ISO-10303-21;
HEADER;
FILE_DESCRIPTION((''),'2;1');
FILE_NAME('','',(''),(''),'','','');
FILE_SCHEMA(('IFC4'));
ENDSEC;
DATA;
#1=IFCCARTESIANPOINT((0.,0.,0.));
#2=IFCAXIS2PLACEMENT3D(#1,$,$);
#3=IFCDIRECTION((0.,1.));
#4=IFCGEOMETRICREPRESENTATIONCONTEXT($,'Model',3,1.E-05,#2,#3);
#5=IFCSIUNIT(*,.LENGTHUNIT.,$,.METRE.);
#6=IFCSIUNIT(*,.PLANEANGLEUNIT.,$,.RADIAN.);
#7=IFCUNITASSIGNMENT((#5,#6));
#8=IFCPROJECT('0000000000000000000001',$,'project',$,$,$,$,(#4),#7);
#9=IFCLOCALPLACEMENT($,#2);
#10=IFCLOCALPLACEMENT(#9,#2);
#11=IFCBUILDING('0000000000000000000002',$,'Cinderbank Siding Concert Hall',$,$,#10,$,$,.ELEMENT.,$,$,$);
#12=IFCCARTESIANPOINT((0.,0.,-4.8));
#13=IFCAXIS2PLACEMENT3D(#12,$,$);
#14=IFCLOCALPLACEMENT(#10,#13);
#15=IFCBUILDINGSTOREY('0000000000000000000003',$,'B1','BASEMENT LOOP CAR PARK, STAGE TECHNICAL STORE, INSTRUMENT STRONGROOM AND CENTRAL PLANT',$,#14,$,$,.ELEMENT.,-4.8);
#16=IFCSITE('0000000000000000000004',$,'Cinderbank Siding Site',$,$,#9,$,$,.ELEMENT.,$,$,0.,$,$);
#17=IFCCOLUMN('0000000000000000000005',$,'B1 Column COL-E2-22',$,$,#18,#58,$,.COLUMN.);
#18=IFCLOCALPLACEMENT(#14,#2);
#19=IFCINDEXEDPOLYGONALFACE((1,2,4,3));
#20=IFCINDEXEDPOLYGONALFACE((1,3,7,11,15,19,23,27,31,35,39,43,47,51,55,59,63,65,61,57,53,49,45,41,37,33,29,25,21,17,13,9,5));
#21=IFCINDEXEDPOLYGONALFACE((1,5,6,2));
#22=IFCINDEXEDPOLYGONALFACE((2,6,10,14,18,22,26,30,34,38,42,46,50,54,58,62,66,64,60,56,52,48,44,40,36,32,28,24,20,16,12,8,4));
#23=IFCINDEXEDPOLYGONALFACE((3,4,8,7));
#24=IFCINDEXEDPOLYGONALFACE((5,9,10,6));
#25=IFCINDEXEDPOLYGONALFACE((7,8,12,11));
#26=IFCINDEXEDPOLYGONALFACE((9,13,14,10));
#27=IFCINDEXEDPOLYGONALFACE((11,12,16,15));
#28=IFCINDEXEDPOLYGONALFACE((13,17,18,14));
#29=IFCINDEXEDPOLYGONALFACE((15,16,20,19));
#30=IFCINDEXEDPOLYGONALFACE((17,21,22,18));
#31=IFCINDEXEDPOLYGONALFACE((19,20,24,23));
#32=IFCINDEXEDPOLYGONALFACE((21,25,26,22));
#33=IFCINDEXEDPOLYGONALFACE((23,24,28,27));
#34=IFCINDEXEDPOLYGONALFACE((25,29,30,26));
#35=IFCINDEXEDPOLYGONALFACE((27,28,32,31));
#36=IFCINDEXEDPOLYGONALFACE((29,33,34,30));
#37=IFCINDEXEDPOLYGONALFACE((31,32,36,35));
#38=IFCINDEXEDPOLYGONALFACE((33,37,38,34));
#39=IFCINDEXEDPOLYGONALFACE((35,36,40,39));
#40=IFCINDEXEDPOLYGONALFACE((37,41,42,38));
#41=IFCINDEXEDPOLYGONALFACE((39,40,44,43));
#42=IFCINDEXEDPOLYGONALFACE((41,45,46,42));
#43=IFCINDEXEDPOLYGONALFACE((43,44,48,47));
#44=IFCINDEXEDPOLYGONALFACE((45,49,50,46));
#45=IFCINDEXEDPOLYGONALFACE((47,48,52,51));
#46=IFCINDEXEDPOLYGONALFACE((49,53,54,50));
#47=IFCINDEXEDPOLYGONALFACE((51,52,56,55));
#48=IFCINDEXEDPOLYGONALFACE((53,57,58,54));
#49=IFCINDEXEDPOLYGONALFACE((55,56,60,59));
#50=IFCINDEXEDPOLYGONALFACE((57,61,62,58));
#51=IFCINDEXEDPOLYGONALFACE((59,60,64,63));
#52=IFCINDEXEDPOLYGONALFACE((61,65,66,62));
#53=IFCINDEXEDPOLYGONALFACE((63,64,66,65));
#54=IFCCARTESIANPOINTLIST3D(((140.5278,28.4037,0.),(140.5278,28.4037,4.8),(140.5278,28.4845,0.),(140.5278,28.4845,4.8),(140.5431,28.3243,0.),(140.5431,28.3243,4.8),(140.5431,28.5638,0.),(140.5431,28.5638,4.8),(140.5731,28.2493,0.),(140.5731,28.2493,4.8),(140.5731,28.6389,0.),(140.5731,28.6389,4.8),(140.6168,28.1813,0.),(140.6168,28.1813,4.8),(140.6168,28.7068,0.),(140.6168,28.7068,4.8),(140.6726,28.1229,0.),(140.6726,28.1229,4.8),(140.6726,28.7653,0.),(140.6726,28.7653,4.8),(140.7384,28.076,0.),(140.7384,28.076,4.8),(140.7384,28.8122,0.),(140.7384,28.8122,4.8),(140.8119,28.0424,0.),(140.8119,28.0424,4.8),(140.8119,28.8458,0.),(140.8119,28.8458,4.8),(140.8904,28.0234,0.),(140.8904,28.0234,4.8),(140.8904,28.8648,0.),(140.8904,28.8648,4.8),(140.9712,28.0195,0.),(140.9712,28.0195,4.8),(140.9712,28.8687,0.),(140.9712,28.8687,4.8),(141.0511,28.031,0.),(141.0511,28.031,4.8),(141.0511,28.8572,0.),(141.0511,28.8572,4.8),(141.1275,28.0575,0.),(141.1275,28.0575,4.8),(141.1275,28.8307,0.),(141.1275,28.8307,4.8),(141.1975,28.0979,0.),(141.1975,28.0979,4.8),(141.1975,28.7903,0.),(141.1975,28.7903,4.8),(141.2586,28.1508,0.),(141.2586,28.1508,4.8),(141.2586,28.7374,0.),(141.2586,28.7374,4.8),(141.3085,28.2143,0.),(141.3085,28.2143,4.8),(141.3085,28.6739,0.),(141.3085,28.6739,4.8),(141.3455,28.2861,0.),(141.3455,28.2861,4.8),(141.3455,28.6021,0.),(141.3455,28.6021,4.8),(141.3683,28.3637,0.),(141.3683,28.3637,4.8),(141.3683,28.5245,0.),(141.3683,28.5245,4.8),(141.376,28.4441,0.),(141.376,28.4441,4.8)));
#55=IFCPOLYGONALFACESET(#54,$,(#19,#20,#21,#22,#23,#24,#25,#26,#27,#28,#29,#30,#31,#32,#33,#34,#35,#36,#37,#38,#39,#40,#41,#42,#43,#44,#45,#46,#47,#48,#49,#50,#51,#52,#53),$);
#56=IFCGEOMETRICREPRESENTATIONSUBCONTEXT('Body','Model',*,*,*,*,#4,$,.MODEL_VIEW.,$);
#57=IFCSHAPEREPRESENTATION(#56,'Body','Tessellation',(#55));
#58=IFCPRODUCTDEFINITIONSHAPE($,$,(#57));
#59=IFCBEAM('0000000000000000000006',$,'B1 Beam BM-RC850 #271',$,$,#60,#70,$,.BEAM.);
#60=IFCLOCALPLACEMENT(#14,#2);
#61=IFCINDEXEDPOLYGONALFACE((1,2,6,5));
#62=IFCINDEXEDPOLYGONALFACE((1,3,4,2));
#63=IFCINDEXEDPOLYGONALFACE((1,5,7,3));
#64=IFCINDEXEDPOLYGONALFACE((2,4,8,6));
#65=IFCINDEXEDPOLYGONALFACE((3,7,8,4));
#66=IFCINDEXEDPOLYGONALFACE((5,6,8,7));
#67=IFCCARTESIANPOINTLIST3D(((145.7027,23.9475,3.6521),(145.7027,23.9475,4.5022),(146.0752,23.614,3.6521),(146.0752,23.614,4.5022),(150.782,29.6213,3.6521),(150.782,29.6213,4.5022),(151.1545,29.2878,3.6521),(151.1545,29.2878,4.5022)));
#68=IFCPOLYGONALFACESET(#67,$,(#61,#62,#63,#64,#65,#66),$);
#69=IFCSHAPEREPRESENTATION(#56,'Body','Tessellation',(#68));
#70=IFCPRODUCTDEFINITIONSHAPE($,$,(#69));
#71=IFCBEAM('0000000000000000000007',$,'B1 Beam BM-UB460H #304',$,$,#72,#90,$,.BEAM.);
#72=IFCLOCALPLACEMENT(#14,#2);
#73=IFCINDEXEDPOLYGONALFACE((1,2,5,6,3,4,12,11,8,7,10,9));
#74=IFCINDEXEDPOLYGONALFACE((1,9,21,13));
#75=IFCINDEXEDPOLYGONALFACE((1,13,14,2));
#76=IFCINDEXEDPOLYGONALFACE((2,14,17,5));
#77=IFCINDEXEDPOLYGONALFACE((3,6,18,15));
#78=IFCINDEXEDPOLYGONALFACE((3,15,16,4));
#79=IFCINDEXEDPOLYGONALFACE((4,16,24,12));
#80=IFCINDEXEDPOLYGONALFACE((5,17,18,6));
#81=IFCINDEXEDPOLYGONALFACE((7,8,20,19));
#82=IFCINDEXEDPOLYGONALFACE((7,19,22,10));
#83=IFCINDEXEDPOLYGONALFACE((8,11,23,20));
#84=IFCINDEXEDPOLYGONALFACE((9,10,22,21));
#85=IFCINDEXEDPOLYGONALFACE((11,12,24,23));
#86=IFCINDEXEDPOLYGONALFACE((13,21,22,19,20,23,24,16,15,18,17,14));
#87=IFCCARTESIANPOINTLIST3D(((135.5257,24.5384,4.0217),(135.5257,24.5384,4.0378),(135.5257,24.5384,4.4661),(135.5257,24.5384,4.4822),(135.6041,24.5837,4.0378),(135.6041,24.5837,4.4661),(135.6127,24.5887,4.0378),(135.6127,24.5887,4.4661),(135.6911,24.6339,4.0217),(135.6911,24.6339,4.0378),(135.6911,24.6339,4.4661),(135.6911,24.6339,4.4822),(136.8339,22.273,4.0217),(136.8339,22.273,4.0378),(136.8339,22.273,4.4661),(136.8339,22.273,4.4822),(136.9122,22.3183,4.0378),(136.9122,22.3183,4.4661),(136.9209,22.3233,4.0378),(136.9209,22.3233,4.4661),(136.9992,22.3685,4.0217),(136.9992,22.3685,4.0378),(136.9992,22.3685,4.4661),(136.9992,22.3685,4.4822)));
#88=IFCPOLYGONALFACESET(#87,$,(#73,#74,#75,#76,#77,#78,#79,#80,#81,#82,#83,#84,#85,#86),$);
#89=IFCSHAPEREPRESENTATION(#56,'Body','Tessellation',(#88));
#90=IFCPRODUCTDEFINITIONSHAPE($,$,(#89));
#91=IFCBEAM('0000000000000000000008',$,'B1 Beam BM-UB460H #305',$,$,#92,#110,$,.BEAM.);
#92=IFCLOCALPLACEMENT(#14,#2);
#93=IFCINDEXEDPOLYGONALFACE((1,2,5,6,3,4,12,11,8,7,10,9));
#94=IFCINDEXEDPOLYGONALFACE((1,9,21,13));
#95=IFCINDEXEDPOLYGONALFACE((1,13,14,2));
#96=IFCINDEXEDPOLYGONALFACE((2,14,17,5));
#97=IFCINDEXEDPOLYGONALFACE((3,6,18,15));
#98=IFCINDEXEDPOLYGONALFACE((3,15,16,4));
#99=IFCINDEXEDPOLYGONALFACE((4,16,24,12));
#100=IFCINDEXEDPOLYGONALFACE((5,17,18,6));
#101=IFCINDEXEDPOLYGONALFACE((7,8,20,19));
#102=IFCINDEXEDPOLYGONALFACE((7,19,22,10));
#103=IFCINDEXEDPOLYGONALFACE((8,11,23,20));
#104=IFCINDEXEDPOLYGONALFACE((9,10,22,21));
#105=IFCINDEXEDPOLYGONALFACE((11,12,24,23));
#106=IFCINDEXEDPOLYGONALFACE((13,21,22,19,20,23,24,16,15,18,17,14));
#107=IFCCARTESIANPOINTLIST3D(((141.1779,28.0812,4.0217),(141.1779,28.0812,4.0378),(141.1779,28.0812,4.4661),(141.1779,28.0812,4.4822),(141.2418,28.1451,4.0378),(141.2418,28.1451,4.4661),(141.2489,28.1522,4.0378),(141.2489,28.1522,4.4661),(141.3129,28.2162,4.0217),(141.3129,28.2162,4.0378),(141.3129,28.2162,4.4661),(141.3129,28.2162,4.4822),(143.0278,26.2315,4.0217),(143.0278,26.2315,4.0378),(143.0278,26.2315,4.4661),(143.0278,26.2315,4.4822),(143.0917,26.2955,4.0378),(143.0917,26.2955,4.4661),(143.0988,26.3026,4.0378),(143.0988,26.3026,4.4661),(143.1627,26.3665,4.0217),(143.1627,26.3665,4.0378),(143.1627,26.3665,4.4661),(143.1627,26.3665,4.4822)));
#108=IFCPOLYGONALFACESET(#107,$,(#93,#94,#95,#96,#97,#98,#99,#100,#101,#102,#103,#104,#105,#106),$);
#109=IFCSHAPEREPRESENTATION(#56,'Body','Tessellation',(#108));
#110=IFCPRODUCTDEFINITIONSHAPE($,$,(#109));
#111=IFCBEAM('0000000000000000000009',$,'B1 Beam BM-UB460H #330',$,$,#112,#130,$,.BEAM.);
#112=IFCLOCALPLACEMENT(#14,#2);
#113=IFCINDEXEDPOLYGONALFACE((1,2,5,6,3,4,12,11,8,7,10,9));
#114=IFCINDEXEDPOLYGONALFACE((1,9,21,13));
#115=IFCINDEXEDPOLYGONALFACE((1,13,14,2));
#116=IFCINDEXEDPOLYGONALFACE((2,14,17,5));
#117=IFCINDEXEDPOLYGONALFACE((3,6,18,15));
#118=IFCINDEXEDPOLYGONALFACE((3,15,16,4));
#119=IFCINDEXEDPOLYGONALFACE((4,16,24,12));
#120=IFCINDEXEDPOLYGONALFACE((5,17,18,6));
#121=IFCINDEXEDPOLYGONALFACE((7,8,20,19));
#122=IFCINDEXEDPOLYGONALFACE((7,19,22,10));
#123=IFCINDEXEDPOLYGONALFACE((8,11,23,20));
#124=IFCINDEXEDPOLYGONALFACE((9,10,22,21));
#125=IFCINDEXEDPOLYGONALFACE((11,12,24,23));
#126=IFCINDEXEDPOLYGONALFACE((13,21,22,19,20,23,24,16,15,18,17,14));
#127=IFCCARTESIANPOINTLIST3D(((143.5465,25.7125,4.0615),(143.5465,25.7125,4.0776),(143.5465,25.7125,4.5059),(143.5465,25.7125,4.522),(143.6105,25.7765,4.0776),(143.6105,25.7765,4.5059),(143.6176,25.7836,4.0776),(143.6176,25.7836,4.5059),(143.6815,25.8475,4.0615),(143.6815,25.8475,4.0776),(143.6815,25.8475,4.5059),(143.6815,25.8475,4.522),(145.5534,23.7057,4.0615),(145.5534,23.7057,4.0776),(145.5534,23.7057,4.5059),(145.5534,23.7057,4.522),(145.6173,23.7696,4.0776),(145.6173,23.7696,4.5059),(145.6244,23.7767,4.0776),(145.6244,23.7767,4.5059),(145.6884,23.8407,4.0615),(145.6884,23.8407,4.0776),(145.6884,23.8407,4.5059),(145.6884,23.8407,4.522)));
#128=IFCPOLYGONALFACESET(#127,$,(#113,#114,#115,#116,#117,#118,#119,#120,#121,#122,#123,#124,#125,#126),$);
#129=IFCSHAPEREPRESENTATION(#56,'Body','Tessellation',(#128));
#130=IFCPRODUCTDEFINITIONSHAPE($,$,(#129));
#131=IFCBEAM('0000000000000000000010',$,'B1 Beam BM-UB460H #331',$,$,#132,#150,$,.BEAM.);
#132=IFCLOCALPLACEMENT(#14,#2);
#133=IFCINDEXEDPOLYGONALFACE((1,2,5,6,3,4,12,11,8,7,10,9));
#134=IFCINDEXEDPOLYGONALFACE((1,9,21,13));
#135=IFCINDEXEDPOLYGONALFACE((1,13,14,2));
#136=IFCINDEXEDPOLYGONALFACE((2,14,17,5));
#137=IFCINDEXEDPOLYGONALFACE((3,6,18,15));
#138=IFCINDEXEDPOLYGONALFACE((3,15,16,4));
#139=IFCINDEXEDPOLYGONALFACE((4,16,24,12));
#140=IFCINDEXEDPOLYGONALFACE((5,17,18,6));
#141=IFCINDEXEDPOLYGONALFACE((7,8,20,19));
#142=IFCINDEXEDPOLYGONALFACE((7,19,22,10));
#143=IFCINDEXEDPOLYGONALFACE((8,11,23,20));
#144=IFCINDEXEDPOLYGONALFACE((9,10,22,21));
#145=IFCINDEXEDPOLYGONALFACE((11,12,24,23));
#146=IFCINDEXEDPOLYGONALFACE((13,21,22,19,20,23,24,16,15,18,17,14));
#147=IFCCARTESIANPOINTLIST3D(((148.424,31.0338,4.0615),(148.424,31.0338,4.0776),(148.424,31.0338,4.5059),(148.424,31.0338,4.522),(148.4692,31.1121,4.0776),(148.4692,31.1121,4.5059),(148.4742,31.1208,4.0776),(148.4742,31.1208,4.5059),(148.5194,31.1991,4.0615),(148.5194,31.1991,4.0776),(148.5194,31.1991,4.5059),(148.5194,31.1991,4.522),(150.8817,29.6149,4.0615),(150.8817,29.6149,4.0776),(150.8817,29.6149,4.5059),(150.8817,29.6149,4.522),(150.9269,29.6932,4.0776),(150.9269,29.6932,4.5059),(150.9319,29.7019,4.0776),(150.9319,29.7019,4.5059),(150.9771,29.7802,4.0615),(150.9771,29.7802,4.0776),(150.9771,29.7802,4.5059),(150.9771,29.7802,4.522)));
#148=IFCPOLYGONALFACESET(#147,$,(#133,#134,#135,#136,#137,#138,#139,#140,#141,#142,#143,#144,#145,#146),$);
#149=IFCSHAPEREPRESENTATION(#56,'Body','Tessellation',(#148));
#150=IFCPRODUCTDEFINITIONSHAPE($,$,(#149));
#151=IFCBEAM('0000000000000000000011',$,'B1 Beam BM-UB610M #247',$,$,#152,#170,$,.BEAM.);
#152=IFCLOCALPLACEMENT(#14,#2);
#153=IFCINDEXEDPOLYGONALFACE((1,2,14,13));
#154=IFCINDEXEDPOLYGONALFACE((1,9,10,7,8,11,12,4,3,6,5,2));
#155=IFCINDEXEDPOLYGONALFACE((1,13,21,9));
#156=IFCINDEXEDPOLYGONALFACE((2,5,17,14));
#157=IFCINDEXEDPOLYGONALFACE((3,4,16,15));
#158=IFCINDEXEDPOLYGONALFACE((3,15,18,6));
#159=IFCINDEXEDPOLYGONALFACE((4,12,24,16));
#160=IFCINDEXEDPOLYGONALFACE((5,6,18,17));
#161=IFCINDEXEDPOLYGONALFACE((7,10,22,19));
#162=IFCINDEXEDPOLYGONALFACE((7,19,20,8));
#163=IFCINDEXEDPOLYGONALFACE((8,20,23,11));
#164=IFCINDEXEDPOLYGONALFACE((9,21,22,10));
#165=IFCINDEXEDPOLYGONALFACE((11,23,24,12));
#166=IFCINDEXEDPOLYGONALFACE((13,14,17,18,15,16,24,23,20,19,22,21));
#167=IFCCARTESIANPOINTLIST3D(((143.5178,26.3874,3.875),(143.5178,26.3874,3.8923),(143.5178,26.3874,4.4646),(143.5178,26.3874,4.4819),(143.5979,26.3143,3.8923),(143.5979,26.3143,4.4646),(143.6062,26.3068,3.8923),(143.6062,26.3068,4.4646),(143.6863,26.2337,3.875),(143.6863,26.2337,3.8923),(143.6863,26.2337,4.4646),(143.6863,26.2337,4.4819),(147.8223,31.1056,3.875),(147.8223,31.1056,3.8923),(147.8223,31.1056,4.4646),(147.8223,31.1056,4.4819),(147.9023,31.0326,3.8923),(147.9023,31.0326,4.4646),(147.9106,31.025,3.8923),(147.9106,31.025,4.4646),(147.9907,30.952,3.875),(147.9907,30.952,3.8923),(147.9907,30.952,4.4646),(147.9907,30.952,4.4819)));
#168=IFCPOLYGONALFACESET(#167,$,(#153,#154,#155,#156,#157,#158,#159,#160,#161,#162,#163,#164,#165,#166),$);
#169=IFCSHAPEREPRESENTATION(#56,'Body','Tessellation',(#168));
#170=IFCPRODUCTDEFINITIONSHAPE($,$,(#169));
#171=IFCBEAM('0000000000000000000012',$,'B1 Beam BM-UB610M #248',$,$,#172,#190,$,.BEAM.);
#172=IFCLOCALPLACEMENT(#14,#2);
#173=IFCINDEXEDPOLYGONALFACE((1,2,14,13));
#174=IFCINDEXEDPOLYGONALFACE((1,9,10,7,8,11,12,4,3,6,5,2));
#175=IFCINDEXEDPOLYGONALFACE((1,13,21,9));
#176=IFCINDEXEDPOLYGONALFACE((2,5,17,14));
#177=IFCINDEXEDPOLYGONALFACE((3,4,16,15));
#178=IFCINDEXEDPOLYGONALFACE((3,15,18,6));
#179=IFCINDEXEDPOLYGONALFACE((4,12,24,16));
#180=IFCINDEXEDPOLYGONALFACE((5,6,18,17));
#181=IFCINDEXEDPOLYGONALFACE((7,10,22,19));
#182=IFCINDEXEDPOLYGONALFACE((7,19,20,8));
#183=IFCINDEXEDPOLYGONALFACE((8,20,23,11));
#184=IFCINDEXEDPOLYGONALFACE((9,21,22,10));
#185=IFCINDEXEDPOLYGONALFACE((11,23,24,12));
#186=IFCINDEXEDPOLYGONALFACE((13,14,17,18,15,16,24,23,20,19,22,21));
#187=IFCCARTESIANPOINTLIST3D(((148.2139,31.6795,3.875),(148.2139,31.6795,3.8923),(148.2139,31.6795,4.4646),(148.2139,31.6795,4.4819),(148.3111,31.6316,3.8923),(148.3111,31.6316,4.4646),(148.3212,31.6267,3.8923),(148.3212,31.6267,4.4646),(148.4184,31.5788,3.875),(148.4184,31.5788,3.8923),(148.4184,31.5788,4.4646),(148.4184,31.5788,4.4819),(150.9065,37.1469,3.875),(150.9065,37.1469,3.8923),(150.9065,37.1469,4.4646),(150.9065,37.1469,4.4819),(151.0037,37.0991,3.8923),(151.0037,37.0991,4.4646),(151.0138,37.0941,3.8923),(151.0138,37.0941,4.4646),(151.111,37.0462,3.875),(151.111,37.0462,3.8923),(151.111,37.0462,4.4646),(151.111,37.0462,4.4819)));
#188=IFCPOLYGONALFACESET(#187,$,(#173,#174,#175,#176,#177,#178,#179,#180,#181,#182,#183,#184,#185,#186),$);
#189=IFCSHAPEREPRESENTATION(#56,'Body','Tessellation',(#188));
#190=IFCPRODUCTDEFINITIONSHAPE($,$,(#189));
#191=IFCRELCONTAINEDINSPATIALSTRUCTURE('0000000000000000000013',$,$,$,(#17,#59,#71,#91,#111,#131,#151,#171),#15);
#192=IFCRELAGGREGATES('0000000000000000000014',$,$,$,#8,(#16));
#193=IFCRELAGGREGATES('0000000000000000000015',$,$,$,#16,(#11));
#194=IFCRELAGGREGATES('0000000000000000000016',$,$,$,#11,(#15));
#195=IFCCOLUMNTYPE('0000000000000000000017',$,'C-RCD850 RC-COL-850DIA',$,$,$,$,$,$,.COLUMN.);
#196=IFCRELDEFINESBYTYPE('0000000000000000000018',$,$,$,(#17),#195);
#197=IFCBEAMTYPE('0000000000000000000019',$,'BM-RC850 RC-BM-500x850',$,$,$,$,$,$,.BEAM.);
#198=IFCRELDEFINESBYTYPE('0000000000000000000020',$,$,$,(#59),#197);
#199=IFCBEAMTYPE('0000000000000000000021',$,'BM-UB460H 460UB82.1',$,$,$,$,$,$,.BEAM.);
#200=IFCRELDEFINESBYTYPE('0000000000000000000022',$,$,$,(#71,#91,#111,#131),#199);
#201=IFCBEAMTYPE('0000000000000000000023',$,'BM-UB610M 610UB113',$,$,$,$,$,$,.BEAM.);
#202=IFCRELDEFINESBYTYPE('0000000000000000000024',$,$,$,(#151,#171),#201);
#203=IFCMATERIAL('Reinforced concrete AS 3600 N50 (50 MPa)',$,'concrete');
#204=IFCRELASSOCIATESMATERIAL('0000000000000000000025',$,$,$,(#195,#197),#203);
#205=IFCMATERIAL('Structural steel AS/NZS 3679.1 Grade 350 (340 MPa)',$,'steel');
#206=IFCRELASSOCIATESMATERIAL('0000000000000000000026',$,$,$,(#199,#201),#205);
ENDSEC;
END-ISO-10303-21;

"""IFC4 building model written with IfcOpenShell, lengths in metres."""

from ifc_helpers import new_model, si_unit, direction, frame, origin, origin_2d, place, context, subcontext, project, spatial, rectangle, circle, i_section, extrude, material, material_profile, profile_set, type_object, element, save


model = new_model("IFC4")

# Units and contexts
model_context = context("Model", 3, precision=1e-05, world=origin(), true_north=direction((0.0, 1.0)))
body_context = subcontext(model_context, "Body", "Model", "MODEL_VIEW")
ifc_project = project(units=[si_unit("LENGTHUNIT", "METRE"), si_unit("PLANEANGLEUNIT", "RADIAN")], contexts=[model_context])

# Site, building, storey
site_placement = place(None, origin())
site = spatial("IfcSite", under=ifc_project, at=site_placement, Name="Cinderbank Siding Site", CompositionType="ELEMENT", RefElevation=0.0)
building_placement = place(site_placement, origin())
building = spatial("IfcBuilding", under=site, at=building_placement, Name="Cinderbank Siding Concert Hall", CompositionType="ELEMENT")
storey_placement = place(building_placement, frame((0.0, 0.0, -4.8)))
storey = spatial("IfcBuildingStorey", under=building, at=storey_placement, Name="B1", Description="BASEMENT LOOP CAR PARK, STAGE TECHNICAL STORE, INSTRUMENT STRONGROOM AND CENTRAL PLANT", CompositionType="ELEMENT", Elevation=-4.8)

# Column
ifc_material_1 = material(Name="Reinforced concrete AS 3600 N50 (50 MPa)", Category="concrete")
ifc_material_profile_1 = material_profile(ifc_material_1, circle(Radius=0.425, at=origin_2d()), Name="RC-COL-850DIA", Category="LoadBearing")
ifc_profile_set_1 = profile_set([ifc_material_profile_1], Name="Reinforced concrete AS 3600 N50 (50 MPa)")
column_type_1 = type_object("IfcColumnType", Name="C-RCD850 RC-COL-850DIA", PredefinedType="COLUMN", material=ifc_profile_set_1)
for number, where, z_axis, x_axis, name in (
    (1, (140.9509, 28.4441, 0.0), (0.0, 0.0, 1.0), (1.0, 0.0, 0.0), "B1 Column COL-E2-22"),
):
    element("IfcColumn", number, at=place(storey_placement, frame(where, z_axis=z_axis, x_axis=x_axis)), inside=storey, type_object=column_type_1, Name=name, PredefinedType="COLUMN", context=body_context, shape_type="SweptSolid", body=[
        extrude(circle(Radius=0.425, at=origin_2d()), origin(), (0.0, 0.0, 1.0), 4.8),
    ])

# Beams
ifc_material_profile_2 = material_profile(ifc_material_1, rectangle(XDim=0.5, YDim=0.8501, at=origin_2d()), Name="RC-BM-500x850", Category="LoadBearing")
ifc_profile_set_2 = profile_set([ifc_material_profile_2], Name="Reinforced concrete AS 3600 N50 (50 MPa)")
beam_type_1 = type_object("IfcBeamType", Name="BM-RC850 RC-BM-500x850", PredefinedType="BEAM", material=ifc_profile_set_2)
beam_1_placement = place(storey_placement, frame((145.8889, 23.7808, 4.0771), z_axis=(0.666996, 0.745061, 0.0), x_axis=(-0.745061, 0.666996, 0.0)))
element("IfcBeam", 2, at=beam_1_placement, inside=storey, type_object=beam_type_1, Name="B1 Beam BM-RC850 #271", PredefinedType="BEAM", context=body_context, shape_type="SweptSolid", body=[
    extrude(rectangle(XDim=0.5, YDim=0.8501, at=origin_2d()), origin(), (0.0, 0.0, 1.0), 7.6152),
])
ifc_material_2 = material(Name="Structural steel AS/NZS 3679.1 Grade 350 (340 MPa)", Category="steel")
ifc_material_profile_3 = material_profile(ifc_material_2, i_section(OverallWidth=0.1909, OverallDepth=0.4604, WebThickness=0.01, FlangeThickness=0.0161, at=origin_2d()), Name="460UB82.1", Category="LoadBearing")
ifc_profile_set_3 = profile_set([ifc_material_profile_3], Name="Structural steel AS/NZS 3679.1 Grade 350 (340 MPa)")
beam_type_2 = type_object("IfcBeamType", Name="BM-UB460H 460UB82.1", PredefinedType="BEAM", material=ifc_profile_set_3)
for number, where, z_axis, x_axis, name in (
    (3, (135.6084, 24.5862, 4.252), (0.500054, -0.865994, 0.0), (0.865994, 0.500054, 0.0), "B1 Beam BM-UB460H #304"),
    (4, (141.2454, 28.1487, 4.252), (0.707153, -0.70706, 0.0), (0.70706, 0.707153, 0.0), "B1 Beam BM-UB460H #305"),
):
    element("IfcBeam", number, at=place(storey_placement, frame(where, z_axis=z_axis, x_axis=x_axis)), inside=storey, type_object=beam_type_2, Name=name, PredefinedType="BEAM", context=body_context, shape_type="SweptSolid", body=[
        extrude(i_section(OverallWidth=0.1909, OverallDepth=0.4604, WebThickness=0.01, FlangeThickness=0.0161, at=origin_2d()), origin(), (0.0, 0.0, 1.0), 2.616),
    ])
beam_2_placement = place(storey_placement, frame((143.614, 25.78, 4.2917), z_axis=(0.707107, -0.707107, 0.0), x_axis=(0.707107, 0.707107, 0.0)))
element("IfcBeam", 5, at=beam_2_placement, inside=storey, type_object=beam_type_2, Name="B1 Beam BM-UB460H #330", PredefinedType="BEAM", context=body_context, shape_type="SweptSolid", body=[
    extrude(i_section(OverallWidth=0.1909, OverallDepth=0.4604, WebThickness=0.01, FlangeThickness=0.0161, at=origin_2d()), origin(), (0.0, 0.0, 1.0), 2.8381),
])
beam_3_placement = place(storey_placement, frame((148.4717, 31.1165, 4.2917), z_axis=(0.866032, -0.499988, 0.0), x_axis=(0.499988, 0.866032, 0.0)))
element("IfcBeam", 6, at=beam_3_placement, inside=storey, type_object=beam_type_2, Name="B1 Beam BM-UB460H #331", PredefinedType="BEAM", context=body_context, shape_type="SweptSolid", body=[
    extrude(i_section(OverallWidth=0.1909, OverallDepth=0.4604, WebThickness=0.01, FlangeThickness=0.0161, at=origin_2d()), origin(), (0.0, 0.0, 1.0), 2.8379),
])
ifc_material_profile_4 = material_profile(ifc_material_2, i_section(OverallWidth=0.228, OverallDepth=0.6069, WebThickness=0.0112, FlangeThickness=0.0173, at=origin_2d()), Name="610UB113", Category="LoadBearing")
ifc_profile_set_4 = profile_set([ifc_material_profile_4], Name="Structural steel AS/NZS 3679.1 Grade 350 (340 MPa)")
beam_type_3 = type_object("IfcBeamType", Name="BM-UB610M 610UB113", PredefinedType="BEAM", material=ifc_profile_set_4)
beam_4_placement = place(storey_placement, frame((143.6021, 26.3105, 4.1785), z_axis=(0.673967, 0.738761, 0.0), x_axis=(-0.738761, 0.673967, 0.0)))
element("IfcBeam", 7, at=beam_4_placement, inside=storey, type_object=beam_type_3, Name="B1 Beam BM-UB610M #247", PredefinedType="BEAM", context=body_context, shape_type="SweptSolid", body=[
    extrude(i_section(OverallWidth=0.228, OverallDepth=0.6069, WebThickness=0.0112, FlangeThickness=0.0173, at=origin_2d()), origin(), (0.0, 0.0, 1.0), 6.3867),
])
beam_5_placement = place(storey_placement, frame((148.3162, 31.6292, 4.1785), z_axis=(0.441806, 0.897111, 0.0), x_axis=(-0.897111, 0.441806, 0.0)))
element("IfcBeam", 8, at=beam_5_placement, inside=storey, type_object=beam_type_3, Name="B1 Beam BM-UB610M #248", PredefinedType="BEAM", context=body_context, shape_type="SweptSolid", body=[
    extrude(i_section(OverallWidth=0.228, OverallDepth=0.6069, WebThickness=0.0112, FlangeThickness=0.0173, at=origin_2d()), origin(), (0.0, 0.0, 1.0), 6.0945),
])

save(model, "model.ifc")
